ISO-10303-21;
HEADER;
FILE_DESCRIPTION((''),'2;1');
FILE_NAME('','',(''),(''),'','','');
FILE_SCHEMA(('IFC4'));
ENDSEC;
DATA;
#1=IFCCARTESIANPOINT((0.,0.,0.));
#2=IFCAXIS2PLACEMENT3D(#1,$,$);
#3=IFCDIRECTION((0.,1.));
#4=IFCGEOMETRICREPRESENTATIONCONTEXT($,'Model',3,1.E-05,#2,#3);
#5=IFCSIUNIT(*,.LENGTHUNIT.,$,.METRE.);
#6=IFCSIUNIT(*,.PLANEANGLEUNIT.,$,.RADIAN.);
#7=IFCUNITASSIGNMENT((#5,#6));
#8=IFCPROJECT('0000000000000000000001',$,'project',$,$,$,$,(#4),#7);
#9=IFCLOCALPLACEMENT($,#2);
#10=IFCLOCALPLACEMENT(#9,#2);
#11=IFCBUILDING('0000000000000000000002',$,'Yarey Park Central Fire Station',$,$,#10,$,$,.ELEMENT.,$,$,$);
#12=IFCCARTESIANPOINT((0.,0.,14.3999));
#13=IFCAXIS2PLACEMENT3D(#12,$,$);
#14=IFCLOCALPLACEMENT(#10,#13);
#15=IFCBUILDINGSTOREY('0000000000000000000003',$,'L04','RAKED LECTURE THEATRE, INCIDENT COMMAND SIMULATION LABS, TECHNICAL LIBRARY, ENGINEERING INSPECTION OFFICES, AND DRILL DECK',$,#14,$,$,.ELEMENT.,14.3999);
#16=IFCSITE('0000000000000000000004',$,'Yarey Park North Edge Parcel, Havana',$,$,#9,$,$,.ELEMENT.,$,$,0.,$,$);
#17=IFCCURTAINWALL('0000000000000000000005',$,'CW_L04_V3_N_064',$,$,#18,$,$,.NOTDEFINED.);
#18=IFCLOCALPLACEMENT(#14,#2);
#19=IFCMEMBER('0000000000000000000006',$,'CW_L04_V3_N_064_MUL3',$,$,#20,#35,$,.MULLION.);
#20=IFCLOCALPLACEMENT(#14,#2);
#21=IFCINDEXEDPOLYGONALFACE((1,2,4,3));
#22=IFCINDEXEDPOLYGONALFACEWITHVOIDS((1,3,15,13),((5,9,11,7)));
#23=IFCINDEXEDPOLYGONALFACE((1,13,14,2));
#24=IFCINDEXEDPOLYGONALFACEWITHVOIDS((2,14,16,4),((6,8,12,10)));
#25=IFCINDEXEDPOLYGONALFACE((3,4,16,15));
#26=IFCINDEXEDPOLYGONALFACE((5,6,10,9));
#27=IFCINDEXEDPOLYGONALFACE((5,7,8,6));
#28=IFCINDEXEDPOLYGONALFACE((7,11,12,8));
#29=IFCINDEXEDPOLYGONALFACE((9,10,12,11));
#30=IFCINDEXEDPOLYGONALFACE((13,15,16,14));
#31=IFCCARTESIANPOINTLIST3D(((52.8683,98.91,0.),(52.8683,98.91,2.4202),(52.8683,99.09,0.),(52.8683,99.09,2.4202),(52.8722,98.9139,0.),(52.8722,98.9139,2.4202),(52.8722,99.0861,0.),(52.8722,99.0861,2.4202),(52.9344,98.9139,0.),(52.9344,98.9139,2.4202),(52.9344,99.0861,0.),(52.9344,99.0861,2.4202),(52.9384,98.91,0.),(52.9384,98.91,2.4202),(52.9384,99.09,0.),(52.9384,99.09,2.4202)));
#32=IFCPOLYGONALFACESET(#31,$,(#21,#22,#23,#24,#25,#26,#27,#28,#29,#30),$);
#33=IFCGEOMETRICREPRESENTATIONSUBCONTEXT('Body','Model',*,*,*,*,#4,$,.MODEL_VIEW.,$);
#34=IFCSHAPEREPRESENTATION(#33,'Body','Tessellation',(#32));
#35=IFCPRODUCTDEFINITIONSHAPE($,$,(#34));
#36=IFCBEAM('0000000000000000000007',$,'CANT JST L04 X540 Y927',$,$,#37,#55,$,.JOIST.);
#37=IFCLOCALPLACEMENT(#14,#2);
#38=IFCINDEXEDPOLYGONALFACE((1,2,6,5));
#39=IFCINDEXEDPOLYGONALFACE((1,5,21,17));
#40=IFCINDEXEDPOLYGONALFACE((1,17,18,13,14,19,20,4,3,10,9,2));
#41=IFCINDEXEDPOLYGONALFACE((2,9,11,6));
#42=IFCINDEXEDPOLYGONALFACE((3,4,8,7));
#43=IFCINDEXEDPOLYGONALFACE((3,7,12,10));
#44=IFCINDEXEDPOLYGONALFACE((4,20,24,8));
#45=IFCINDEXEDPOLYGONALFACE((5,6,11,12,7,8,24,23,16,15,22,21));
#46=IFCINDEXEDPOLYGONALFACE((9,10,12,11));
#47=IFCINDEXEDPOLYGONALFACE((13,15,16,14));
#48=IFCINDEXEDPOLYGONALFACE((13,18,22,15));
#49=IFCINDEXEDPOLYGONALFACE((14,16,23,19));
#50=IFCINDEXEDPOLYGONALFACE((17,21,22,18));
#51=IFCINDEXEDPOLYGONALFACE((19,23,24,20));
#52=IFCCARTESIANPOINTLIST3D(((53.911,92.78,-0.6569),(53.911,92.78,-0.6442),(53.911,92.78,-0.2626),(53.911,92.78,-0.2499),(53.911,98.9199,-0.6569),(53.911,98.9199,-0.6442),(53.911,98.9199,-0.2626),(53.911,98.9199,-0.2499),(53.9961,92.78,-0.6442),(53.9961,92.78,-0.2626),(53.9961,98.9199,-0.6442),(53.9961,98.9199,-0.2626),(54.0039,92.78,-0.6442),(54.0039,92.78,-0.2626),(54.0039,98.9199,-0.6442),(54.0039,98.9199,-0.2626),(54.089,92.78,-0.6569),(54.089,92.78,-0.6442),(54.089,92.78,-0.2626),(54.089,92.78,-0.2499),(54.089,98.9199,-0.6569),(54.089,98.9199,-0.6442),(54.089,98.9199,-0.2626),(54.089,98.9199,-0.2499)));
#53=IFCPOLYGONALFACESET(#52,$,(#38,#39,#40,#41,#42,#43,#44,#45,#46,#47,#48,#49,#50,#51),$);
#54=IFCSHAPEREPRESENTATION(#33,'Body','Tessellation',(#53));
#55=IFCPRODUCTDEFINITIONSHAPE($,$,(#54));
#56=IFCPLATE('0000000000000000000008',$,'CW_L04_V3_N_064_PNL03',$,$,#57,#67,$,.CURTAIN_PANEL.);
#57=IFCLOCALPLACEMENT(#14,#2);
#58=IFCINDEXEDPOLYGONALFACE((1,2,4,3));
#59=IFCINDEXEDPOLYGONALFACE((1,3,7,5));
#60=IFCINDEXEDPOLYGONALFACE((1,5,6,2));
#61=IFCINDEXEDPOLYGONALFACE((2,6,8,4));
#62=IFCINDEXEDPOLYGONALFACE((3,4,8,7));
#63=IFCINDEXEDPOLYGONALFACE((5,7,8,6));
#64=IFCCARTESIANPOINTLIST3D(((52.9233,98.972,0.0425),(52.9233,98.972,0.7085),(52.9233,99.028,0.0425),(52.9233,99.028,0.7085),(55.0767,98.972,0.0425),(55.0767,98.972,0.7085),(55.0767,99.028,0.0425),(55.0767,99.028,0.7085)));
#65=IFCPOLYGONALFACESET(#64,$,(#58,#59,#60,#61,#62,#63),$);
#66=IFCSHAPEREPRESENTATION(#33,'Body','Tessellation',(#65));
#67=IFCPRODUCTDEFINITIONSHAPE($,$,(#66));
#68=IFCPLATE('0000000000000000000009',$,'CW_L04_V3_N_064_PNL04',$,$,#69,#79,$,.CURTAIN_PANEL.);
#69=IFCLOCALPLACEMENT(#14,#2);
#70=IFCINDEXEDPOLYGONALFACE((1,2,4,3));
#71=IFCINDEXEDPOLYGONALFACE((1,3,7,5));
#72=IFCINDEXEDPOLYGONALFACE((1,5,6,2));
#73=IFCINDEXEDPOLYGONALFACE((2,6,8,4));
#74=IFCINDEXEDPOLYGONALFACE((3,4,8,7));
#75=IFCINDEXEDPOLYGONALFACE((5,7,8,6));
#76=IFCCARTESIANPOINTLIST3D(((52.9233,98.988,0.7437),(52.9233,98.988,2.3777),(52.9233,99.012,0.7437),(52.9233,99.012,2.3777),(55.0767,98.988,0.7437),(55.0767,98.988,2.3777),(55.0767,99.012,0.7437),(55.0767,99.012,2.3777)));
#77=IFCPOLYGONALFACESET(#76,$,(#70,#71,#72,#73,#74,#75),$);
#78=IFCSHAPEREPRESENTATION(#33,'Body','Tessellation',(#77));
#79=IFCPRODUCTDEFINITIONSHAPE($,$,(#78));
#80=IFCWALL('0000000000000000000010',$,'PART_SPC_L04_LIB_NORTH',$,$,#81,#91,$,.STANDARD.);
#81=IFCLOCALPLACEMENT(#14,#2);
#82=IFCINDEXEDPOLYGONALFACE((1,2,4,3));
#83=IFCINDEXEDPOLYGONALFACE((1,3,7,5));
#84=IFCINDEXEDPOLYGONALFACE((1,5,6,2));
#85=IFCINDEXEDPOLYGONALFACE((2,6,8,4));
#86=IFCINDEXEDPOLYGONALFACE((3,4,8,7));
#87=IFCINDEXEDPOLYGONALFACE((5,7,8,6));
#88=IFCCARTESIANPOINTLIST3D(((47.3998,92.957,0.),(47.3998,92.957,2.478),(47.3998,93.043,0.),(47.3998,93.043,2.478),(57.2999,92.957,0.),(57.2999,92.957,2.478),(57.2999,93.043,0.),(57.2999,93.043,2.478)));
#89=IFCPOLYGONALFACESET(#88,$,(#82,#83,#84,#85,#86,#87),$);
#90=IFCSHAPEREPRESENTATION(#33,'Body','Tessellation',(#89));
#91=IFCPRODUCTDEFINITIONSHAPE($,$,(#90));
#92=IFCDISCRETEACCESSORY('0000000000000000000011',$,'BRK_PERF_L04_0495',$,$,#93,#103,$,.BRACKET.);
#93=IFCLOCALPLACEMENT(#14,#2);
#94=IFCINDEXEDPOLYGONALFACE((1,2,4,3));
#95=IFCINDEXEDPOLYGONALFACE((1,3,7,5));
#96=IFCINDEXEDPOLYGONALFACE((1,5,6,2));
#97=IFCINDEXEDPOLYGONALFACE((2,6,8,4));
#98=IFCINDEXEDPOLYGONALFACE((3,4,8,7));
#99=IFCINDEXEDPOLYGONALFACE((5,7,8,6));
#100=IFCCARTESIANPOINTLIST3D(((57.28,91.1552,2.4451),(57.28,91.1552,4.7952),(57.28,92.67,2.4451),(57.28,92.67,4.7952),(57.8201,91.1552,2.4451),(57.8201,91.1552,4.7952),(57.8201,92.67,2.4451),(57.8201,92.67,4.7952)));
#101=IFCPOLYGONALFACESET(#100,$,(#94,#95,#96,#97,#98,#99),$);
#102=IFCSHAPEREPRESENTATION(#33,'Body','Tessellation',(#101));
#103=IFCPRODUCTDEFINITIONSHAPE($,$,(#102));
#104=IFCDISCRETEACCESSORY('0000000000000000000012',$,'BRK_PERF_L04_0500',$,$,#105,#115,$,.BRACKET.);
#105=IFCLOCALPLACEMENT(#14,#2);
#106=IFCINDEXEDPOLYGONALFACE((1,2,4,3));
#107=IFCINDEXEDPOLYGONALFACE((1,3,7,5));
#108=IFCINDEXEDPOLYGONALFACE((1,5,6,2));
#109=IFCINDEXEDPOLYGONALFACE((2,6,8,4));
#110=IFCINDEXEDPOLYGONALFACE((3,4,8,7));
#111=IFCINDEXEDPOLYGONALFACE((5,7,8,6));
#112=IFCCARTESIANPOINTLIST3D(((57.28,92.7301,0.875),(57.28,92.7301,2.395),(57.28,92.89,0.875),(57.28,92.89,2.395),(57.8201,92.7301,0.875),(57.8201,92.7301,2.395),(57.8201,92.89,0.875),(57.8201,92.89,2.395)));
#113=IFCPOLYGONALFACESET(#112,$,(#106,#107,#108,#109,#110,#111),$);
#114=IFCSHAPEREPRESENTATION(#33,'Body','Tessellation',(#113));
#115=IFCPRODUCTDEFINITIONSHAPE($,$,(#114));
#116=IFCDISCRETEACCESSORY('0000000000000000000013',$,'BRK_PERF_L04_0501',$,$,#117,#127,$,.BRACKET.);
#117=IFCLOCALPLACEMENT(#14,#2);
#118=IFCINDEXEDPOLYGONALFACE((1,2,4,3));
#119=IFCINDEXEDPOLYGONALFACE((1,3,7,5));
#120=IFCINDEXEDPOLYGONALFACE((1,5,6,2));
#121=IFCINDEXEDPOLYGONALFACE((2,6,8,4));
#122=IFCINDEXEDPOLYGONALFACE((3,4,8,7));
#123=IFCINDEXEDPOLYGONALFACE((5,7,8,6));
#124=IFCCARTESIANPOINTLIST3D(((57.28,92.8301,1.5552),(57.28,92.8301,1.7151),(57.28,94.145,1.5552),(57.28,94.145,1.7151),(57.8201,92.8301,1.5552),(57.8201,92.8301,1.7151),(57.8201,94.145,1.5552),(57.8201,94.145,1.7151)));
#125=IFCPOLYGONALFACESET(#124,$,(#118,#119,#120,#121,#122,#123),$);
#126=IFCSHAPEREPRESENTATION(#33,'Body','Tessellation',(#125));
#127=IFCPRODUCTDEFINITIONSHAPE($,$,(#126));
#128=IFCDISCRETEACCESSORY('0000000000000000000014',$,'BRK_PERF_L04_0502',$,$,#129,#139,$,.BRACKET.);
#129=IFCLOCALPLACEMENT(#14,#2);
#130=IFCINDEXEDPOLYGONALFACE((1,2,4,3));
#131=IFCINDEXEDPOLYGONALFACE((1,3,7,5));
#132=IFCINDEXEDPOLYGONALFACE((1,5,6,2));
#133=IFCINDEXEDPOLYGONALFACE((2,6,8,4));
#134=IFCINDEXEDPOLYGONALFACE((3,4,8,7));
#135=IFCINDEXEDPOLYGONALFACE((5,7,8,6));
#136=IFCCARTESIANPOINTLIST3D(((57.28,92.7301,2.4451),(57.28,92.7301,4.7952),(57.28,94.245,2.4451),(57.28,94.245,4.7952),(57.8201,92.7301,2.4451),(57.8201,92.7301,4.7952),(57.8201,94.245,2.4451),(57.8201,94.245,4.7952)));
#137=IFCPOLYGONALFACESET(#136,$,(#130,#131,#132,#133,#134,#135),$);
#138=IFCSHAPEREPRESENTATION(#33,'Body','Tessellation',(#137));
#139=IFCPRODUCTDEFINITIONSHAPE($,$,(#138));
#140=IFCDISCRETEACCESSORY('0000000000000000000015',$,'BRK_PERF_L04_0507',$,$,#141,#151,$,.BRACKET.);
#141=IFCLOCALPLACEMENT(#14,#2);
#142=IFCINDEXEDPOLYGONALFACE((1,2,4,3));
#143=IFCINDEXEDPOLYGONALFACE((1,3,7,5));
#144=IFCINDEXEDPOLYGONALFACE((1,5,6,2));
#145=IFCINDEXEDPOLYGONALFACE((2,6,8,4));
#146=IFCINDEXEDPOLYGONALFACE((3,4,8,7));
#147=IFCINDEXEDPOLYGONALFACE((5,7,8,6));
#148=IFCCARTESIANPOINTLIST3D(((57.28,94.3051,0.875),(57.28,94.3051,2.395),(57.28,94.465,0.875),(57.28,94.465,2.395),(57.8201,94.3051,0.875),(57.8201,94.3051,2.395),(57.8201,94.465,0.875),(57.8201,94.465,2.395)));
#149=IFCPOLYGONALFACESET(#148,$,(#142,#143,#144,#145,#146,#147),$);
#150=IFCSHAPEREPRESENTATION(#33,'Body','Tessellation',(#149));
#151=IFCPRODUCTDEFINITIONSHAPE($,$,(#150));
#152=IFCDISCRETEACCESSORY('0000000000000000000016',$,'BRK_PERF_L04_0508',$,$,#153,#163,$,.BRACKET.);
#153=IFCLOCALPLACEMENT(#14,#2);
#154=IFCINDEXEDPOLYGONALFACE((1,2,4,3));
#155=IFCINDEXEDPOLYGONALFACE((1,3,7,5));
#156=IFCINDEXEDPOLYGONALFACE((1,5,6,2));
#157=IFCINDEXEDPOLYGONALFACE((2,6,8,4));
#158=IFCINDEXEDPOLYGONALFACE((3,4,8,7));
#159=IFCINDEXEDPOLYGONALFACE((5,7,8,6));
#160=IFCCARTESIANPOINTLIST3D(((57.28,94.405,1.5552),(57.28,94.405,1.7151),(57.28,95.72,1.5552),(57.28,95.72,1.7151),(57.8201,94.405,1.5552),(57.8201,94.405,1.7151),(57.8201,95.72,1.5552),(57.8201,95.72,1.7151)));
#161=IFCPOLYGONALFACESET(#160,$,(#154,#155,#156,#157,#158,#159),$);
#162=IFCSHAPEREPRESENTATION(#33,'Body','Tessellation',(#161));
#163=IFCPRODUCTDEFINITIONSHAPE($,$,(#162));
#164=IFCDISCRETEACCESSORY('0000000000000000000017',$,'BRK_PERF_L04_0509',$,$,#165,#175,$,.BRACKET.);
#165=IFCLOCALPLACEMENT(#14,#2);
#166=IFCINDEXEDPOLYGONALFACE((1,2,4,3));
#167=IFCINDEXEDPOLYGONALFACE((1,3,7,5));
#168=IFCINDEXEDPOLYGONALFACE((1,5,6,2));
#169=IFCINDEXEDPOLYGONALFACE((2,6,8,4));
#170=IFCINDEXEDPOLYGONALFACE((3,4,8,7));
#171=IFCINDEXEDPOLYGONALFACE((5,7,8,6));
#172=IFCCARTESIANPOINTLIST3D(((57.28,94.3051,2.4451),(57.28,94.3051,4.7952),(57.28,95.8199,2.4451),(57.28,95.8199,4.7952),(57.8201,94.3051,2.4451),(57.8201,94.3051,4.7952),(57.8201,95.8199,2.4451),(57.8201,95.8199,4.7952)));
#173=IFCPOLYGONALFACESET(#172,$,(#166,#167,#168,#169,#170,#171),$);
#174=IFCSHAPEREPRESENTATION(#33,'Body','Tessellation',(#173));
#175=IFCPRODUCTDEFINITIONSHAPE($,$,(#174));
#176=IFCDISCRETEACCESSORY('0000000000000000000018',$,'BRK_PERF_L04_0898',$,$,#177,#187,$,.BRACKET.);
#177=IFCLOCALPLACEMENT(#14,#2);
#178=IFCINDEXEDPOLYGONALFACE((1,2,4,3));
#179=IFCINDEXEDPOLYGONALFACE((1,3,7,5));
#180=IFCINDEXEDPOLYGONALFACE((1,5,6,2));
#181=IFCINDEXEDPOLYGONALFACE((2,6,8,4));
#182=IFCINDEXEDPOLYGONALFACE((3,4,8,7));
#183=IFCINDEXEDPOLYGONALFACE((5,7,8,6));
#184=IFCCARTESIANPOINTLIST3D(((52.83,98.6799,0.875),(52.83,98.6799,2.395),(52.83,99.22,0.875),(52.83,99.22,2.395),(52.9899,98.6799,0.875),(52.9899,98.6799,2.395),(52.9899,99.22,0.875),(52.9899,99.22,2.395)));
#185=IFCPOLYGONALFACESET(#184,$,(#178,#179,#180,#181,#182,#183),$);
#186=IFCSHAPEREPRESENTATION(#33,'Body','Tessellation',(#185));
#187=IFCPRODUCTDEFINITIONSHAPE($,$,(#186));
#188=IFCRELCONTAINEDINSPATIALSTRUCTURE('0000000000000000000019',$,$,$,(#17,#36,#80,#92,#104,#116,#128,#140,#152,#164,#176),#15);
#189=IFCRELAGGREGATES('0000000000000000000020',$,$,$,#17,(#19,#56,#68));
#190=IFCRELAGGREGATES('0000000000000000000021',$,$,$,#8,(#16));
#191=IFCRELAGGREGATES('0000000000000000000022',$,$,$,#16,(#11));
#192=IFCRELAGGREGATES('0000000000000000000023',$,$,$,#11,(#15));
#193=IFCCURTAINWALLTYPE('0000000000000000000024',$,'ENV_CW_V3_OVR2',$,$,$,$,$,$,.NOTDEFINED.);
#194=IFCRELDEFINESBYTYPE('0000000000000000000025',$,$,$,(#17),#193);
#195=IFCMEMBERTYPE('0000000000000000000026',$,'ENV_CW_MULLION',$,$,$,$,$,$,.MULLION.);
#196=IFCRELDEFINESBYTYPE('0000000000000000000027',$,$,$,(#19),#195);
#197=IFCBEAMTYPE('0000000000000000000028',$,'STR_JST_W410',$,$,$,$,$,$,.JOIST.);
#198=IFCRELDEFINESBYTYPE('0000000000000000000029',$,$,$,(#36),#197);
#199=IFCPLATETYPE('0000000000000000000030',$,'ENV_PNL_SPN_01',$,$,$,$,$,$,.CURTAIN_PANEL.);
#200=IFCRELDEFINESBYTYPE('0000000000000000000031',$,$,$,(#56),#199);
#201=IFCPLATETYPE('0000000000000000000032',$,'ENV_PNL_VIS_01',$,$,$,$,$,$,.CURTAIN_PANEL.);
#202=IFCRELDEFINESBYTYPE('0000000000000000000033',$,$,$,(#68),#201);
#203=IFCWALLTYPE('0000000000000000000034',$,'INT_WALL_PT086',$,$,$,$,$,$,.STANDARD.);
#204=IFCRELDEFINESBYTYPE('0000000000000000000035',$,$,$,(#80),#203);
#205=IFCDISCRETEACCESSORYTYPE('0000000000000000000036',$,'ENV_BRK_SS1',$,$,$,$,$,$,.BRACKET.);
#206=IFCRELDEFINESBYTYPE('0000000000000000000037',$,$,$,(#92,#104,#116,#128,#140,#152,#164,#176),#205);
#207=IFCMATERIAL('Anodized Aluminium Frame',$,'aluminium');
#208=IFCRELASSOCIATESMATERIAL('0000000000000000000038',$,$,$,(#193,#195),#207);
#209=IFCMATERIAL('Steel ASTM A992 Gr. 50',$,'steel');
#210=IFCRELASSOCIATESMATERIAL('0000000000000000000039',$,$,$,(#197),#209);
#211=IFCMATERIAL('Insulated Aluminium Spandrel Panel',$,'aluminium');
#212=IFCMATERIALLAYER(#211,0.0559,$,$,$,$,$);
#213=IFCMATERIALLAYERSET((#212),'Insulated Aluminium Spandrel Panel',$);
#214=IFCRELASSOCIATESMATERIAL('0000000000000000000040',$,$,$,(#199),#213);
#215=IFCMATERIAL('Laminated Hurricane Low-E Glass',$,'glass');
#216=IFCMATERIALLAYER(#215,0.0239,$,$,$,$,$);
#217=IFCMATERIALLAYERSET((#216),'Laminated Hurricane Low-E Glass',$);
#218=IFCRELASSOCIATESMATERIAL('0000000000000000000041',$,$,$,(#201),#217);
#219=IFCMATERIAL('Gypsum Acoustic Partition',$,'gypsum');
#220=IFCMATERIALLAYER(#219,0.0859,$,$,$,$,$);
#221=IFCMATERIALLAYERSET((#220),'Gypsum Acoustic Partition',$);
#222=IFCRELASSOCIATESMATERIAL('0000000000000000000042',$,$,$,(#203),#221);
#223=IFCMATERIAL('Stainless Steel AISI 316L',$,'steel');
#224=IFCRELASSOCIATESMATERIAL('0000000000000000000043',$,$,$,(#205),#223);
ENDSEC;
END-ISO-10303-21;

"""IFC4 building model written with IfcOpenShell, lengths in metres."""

from ifc_helpers import new_model, si_unit, direction, frame, frame_2d, origin, origin_2d, place, context, subcontext, project, spatial, rectangle, hollow_rectangle, i_section, extrude, material, layer, layer_set, material_profile, profile_set, type_object, element, aggregate, save


model = new_model("IFC4")

# Units and contexts
model_context = context("Model", 3, precision=1e-05, world=origin(), true_north=direction((0.0, 1.0)))
body_context = subcontext(model_context, "Body", "Model", "MODEL_VIEW")
ifc_project = project(units=[si_unit("LENGTHUNIT", "METRE"), si_unit("PLANEANGLEUNIT", "RADIAN")], contexts=[model_context])

# Site, building, storey
site_placement = place(None, origin())
site = spatial("IfcSite", under=ifc_project, at=site_placement, Name="Yarey Park North Edge Parcel, Havana", CompositionType="ELEMENT", RefElevation=0.0)
building_placement = place(site_placement, origin())
building = spatial("IfcBuilding", under=site, at=building_placement, Name="Yarey Park Central Fire Station", CompositionType="ELEMENT")
storey_placement = place(building_placement, frame((0.0, 0.0, 14.3999)))
storey = spatial("IfcBuildingStorey", under=building, at=storey_placement, Name="L04", Description="RAKED LECTURE THEATRE, INCIDENT COMMAND SIMULATION LABS, TECHNICAL LIBRARY, ENGINEERING INSPECTION OFFICES, AND DRILL DECK", CompositionType="ELEMENT", Elevation=14.3999)

# Curtain wall, member
ifc_material_1 = material(Name="Anodized Aluminium Frame", Category="aluminium")
curtain_wall_type = type_object("IfcCurtainWallType", Name="ENV_CW_V3_OVR2", PredefinedType="NOTDEFINED", material=ifc_material_1)
curtain_wall_placement = place(storey_placement, origin())
curtain_wall = element("IfcCurtainWall", 1, at=curtain_wall_placement, inside=storey, type_object=curtain_wall_type, Name="CW_L04_V3_N_064", PredefinedType="NOTDEFINED")
ifc_material_profile_1 = material_profile(ifc_material_1, hollow_rectangle(XDim=0.0701, YDim=0.1799, WallThickness=0.0039, at=origin_2d()), Name="ALU 180x70x4")
ifc_profile_set_1 = profile_set([ifc_material_profile_1], Name="Anodized Aluminium Frame")
member_type = type_object("IfcMemberType", Name="ENV_CW_MULLION", PredefinedType="MULLION", material=ifc_profile_set_1)
member_placement = place(storey_placement, frame((52.9033, 99.0, 0.0), z_axis=(0.0, 0.0, 1.0), x_axis=(1.0, 0.0, 0.0)))
member = element("IfcMember", 2, at=member_placement, type_object=member_type, Name="CW_L04_V3_N_064_MUL3", PredefinedType="MULLION", context=body_context, shape_type="SweptSolid", body=[
    extrude(hollow_rectangle(XDim=0.0701, YDim=0.1799, WallThickness=0.0039, at=origin_2d()), origin(), (0.0, 0.0, 1.0), 2.4202),
])

# Beam
ifc_material_2 = material(Name="Steel ASTM A992 Gr. 50", Category="steel")
ifc_material_profile_2 = material_profile(ifc_material_2, i_section(OverallWidth=0.178, OverallDepth=0.407, WebThickness=0.0078, FlangeThickness=0.0127, at=origin_2d()), Name="W410x60")
ifc_profile_set_2 = profile_set([ifc_material_profile_2], Name="Steel ASTM A992 Gr. 50")
beam_type = type_object("IfcBeamType", Name="STR_JST_W410", PredefinedType="JOIST", material=ifc_profile_set_2)
beam_placement = place(storey_placement, frame((54.0, 92.78, -0.4534), z_axis=(0.0, 1.0, 0.0), x_axis=(-1.0, 0.0, 0.0)))
element("IfcBeam", 3, at=beam_placement, inside=storey, type_object=beam_type, Name="CANT JST L04 X540 Y927", PredefinedType="JOIST", context=body_context, shape_type="SweptSolid", body=[
    extrude(i_section(OverallWidth=0.178, OverallDepth=0.407, WebThickness=0.0078, FlangeThickness=0.0127, at=origin_2d()), origin(), (0.0, 0.0, 1.0), 6.1399),
])

# Plates
ifc_material_3 = material(Name="Insulated Aluminium Spandrel Panel", Category="aluminium")
ifc_layer_1 = layer(ifc_material_3, 0.0559)
ifc_layer_set_1 = layer_set([ifc_layer_1], Name="Insulated Aluminium Spandrel Panel")
plate_type_1 = type_object("IfcPlateType", Name="ENV_PNL_SPN_01", PredefinedType="CURTAIN_PANEL", material=ifc_layer_set_1)
plate_1_placement = place(storey_placement, frame((54.0, 99.0, 0.0425), z_axis=(0.0, 0.0, 1.0), x_axis=(-1.0, 0.0, 0.0)))
plate_1 = element("IfcPlate", 4, at=plate_1_placement, type_object=plate_type_1, Name="CW_L04_V3_N_064_PNL03", PredefinedType="CURTAIN_PANEL", context=body_context, shape_type="SweptSolid", body=[
    extrude(rectangle(XDim=2.1533, YDim=0.0559, at=origin_2d()), origin(), (0.0, 0.0, 1.0), 0.666),
])
ifc_material_4 = material(Name="Laminated Hurricane Low-E Glass", Category="glass")
ifc_layer_2 = layer(ifc_material_4, 0.0239)
ifc_layer_set_2 = layer_set([ifc_layer_2], Name="Laminated Hurricane Low-E Glass")
plate_type_2 = type_object("IfcPlateType", Name="ENV_PNL_VIS_01", PredefinedType="CURTAIN_PANEL", material=ifc_layer_set_2)
plate_2_placement = place(storey_placement, frame((54.0, 99.0, 0.7437), z_axis=(0.0, 0.0, 1.0), x_axis=(-1.0, 0.0, 0.0)))
plate_2 = element("IfcPlate", 5, at=plate_2_placement, type_object=plate_type_2, Name="CW_L04_V3_N_064_PNL04", PredefinedType="CURTAIN_PANEL", context=body_context, shape_type="SweptSolid", body=[
    extrude(rectangle(XDim=2.1533, YDim=0.0239, at=origin_2d()), origin(), (0.0, 0.0, 1.0), 1.634),
])
aggregate(curtain_wall, [member, plate_1, plate_2])

# Wall
ifc_material_5 = material(Name="Gypsum Acoustic Partition", Category="gypsum")
ifc_layer_3 = layer(ifc_material_5, 0.0859)
ifc_layer_set_3 = layer_set([ifc_layer_3], Name="Gypsum Acoustic Partition")
wall_type = type_object("IfcWallType", Name="INT_WALL_PT086", PredefinedType="STANDARD", material=ifc_layer_set_3)
wall_placement = place(storey_placement, frame((57.3, 93.0, 0.0), z_axis=(0.0, 0.0, 1.0), x_axis=(-1.0, 0.0, 0.0)))
element("IfcWall", 6, at=wall_placement, inside=storey, type_object=wall_type, Name="PART_SPC_L04_LIB_NORTH", PredefinedType="STANDARD", context=body_context, shape_type="SweptSolid", body=[
    extrude(rectangle(XDim=9.9001, YDim=0.0859, at=frame_2d((4.9502, 0.0))), origin(), (0.0, 0.0, 1.0), 2.478),
])

# Discrete accessories
ifc_material_6 = material(Name="Stainless Steel AISI 316L", Category="steel")
discrete_accessory_type = type_object("IfcDiscreteAccessoryType", Name="ENV_BRK_SS1", PredefinedType="BRACKET", material=ifc_material_6)
discrete_accessory_1_placement = place(storey_placement, frame((57.55, 91.9126, 2.4451), z_axis=(0.0, 0.0, 1.0), x_axis=(1.0, 0.0, 0.0)))
element("IfcDiscreteAccessory", 7, at=discrete_accessory_1_placement, inside=storey, type_object=discrete_accessory_type, Name="BRK_PERF_L04_0495", PredefinedType="BRACKET", context=body_context, shape_type="SweptSolid", body=[
    extrude(rectangle(XDim=0.54, YDim=1.5149, at=origin_2d()), origin(), (0.0, 0.0, 1.0), 2.3501),
])
discrete_accessory_2_placement = place(storey_placement, frame((57.55, 92.8101, 0.875), z_axis=(0.0, 0.0, 1.0), x_axis=(1.0, 0.0, 0.0)))
element("IfcDiscreteAccessory", 8, at=discrete_accessory_2_placement, inside=storey, type_object=discrete_accessory_type, Name="BRK_PERF_L04_0500", PredefinedType="BRACKET", context=body_context, shape_type="SweptSolid", body=[
    extrude(rectangle(XDim=0.54, YDim=0.1599, at=origin_2d()), origin(), (0.0, 0.0, 1.0), 1.52),
])
discrete_accessory_3_placement = place(storey_placement, frame((57.55, 93.4875, 1.5552), z_axis=(0.0, 0.0, 1.0), x_axis=(1.0, 0.0, 0.0)))
element("IfcDiscreteAccessory", 9, at=discrete_accessory_3_placement, inside=storey, type_object=discrete_accessory_type, Name="BRK_PERF_L04_0501", PredefinedType="BRACKET", context=body_context, shape_type="SweptSolid", body=[
    extrude(rectangle(XDim=0.54, YDim=1.3149, at=origin_2d()), origin(), (0.0, 0.0, 1.0), 0.1599),
])
discrete_accessory_4_placement = place(storey_placement, frame((57.55, 93.4875, 2.4451), z_axis=(0.0, 0.0, 1.0), x_axis=(1.0, 0.0, 0.0)))
element("IfcDiscreteAccessory", 10, at=discrete_accessory_4_placement, inside=storey, type_object=discrete_accessory_type, Name="BRK_PERF_L04_0502", PredefinedType="BRACKET", context=body_context, shape_type="SweptSolid", body=[
    extrude(rectangle(XDim=0.54, YDim=1.5149, at=origin_2d()), origin(), (0.0, 0.0, 1.0), 2.3501),
])
discrete_accessory_5_placement = place(storey_placement, frame((57.55, 94.385, 0.875), z_axis=(0.0, 0.0, 1.0), x_axis=(1.0, 0.0, 0.0)))
element("IfcDiscreteAccessory", 11, at=discrete_accessory_5_placement, inside=storey, type_object=discrete_accessory_type, Name="BRK_PERF_L04_0507", PredefinedType="BRACKET", context=body_context, shape_type="SweptSolid", body=[
    extrude(rectangle(XDim=0.54, YDim=0.1599, at=origin_2d()), origin(), (0.0, 0.0, 1.0), 1.52),
])
discrete_accessory_6_placement = place(storey_placement, frame((57.55, 95.0625, 1.5552), z_axis=(0.0, 0.0, 1.0), x_axis=(1.0, 0.0, 0.0)))
element("IfcDiscreteAccessory", 12, at=discrete_accessory_6_placement, inside=storey, type_object=discrete_accessory_type, Name="BRK_PERF_L04_0508", PredefinedType="BRACKET", context=body_context, shape_type="SweptSolid", body=[
    extrude(rectangle(XDim=0.54, YDim=1.3149, at=origin_2d()), origin(), (0.0, 0.0, 1.0), 0.1599),
])
discrete_accessory_7_placement = place(storey_placement, frame((57.55, 95.0625, 2.4451), z_axis=(0.0, 0.0, 1.0), x_axis=(1.0, 0.0, 0.0)))
element("IfcDiscreteAccessory", 13, at=discrete_accessory_7_placement, inside=storey, type_object=discrete_accessory_type, Name="BRK_PERF_L04_0509", PredefinedType="BRACKET", context=body_context, shape_type="SweptSolid", body=[
    extrude(rectangle(XDim=0.54, YDim=1.5149, at=origin_2d()), origin(), (0.0, 0.0, 1.0), 2.3501),
])
discrete_accessory_8_placement = place(storey_placement, frame((52.9099, 98.95, 0.875), z_axis=(0.0, 0.0, 1.0), x_axis=(1.0, 0.0, 0.0)))
element("IfcDiscreteAccessory", 14, at=discrete_accessory_8_placement, inside=storey, type_object=discrete_accessory_type, Name="BRK_PERF_L04_0898", PredefinedType="BRACKET", context=body_context, shape_type="SweptSolid", body=[
    extrude(rectangle(XDim=0.1599, YDim=0.54, at=origin_2d()), origin(), (0.0, 0.0, 1.0), 1.52),
])

save(model, "model.ifc")
